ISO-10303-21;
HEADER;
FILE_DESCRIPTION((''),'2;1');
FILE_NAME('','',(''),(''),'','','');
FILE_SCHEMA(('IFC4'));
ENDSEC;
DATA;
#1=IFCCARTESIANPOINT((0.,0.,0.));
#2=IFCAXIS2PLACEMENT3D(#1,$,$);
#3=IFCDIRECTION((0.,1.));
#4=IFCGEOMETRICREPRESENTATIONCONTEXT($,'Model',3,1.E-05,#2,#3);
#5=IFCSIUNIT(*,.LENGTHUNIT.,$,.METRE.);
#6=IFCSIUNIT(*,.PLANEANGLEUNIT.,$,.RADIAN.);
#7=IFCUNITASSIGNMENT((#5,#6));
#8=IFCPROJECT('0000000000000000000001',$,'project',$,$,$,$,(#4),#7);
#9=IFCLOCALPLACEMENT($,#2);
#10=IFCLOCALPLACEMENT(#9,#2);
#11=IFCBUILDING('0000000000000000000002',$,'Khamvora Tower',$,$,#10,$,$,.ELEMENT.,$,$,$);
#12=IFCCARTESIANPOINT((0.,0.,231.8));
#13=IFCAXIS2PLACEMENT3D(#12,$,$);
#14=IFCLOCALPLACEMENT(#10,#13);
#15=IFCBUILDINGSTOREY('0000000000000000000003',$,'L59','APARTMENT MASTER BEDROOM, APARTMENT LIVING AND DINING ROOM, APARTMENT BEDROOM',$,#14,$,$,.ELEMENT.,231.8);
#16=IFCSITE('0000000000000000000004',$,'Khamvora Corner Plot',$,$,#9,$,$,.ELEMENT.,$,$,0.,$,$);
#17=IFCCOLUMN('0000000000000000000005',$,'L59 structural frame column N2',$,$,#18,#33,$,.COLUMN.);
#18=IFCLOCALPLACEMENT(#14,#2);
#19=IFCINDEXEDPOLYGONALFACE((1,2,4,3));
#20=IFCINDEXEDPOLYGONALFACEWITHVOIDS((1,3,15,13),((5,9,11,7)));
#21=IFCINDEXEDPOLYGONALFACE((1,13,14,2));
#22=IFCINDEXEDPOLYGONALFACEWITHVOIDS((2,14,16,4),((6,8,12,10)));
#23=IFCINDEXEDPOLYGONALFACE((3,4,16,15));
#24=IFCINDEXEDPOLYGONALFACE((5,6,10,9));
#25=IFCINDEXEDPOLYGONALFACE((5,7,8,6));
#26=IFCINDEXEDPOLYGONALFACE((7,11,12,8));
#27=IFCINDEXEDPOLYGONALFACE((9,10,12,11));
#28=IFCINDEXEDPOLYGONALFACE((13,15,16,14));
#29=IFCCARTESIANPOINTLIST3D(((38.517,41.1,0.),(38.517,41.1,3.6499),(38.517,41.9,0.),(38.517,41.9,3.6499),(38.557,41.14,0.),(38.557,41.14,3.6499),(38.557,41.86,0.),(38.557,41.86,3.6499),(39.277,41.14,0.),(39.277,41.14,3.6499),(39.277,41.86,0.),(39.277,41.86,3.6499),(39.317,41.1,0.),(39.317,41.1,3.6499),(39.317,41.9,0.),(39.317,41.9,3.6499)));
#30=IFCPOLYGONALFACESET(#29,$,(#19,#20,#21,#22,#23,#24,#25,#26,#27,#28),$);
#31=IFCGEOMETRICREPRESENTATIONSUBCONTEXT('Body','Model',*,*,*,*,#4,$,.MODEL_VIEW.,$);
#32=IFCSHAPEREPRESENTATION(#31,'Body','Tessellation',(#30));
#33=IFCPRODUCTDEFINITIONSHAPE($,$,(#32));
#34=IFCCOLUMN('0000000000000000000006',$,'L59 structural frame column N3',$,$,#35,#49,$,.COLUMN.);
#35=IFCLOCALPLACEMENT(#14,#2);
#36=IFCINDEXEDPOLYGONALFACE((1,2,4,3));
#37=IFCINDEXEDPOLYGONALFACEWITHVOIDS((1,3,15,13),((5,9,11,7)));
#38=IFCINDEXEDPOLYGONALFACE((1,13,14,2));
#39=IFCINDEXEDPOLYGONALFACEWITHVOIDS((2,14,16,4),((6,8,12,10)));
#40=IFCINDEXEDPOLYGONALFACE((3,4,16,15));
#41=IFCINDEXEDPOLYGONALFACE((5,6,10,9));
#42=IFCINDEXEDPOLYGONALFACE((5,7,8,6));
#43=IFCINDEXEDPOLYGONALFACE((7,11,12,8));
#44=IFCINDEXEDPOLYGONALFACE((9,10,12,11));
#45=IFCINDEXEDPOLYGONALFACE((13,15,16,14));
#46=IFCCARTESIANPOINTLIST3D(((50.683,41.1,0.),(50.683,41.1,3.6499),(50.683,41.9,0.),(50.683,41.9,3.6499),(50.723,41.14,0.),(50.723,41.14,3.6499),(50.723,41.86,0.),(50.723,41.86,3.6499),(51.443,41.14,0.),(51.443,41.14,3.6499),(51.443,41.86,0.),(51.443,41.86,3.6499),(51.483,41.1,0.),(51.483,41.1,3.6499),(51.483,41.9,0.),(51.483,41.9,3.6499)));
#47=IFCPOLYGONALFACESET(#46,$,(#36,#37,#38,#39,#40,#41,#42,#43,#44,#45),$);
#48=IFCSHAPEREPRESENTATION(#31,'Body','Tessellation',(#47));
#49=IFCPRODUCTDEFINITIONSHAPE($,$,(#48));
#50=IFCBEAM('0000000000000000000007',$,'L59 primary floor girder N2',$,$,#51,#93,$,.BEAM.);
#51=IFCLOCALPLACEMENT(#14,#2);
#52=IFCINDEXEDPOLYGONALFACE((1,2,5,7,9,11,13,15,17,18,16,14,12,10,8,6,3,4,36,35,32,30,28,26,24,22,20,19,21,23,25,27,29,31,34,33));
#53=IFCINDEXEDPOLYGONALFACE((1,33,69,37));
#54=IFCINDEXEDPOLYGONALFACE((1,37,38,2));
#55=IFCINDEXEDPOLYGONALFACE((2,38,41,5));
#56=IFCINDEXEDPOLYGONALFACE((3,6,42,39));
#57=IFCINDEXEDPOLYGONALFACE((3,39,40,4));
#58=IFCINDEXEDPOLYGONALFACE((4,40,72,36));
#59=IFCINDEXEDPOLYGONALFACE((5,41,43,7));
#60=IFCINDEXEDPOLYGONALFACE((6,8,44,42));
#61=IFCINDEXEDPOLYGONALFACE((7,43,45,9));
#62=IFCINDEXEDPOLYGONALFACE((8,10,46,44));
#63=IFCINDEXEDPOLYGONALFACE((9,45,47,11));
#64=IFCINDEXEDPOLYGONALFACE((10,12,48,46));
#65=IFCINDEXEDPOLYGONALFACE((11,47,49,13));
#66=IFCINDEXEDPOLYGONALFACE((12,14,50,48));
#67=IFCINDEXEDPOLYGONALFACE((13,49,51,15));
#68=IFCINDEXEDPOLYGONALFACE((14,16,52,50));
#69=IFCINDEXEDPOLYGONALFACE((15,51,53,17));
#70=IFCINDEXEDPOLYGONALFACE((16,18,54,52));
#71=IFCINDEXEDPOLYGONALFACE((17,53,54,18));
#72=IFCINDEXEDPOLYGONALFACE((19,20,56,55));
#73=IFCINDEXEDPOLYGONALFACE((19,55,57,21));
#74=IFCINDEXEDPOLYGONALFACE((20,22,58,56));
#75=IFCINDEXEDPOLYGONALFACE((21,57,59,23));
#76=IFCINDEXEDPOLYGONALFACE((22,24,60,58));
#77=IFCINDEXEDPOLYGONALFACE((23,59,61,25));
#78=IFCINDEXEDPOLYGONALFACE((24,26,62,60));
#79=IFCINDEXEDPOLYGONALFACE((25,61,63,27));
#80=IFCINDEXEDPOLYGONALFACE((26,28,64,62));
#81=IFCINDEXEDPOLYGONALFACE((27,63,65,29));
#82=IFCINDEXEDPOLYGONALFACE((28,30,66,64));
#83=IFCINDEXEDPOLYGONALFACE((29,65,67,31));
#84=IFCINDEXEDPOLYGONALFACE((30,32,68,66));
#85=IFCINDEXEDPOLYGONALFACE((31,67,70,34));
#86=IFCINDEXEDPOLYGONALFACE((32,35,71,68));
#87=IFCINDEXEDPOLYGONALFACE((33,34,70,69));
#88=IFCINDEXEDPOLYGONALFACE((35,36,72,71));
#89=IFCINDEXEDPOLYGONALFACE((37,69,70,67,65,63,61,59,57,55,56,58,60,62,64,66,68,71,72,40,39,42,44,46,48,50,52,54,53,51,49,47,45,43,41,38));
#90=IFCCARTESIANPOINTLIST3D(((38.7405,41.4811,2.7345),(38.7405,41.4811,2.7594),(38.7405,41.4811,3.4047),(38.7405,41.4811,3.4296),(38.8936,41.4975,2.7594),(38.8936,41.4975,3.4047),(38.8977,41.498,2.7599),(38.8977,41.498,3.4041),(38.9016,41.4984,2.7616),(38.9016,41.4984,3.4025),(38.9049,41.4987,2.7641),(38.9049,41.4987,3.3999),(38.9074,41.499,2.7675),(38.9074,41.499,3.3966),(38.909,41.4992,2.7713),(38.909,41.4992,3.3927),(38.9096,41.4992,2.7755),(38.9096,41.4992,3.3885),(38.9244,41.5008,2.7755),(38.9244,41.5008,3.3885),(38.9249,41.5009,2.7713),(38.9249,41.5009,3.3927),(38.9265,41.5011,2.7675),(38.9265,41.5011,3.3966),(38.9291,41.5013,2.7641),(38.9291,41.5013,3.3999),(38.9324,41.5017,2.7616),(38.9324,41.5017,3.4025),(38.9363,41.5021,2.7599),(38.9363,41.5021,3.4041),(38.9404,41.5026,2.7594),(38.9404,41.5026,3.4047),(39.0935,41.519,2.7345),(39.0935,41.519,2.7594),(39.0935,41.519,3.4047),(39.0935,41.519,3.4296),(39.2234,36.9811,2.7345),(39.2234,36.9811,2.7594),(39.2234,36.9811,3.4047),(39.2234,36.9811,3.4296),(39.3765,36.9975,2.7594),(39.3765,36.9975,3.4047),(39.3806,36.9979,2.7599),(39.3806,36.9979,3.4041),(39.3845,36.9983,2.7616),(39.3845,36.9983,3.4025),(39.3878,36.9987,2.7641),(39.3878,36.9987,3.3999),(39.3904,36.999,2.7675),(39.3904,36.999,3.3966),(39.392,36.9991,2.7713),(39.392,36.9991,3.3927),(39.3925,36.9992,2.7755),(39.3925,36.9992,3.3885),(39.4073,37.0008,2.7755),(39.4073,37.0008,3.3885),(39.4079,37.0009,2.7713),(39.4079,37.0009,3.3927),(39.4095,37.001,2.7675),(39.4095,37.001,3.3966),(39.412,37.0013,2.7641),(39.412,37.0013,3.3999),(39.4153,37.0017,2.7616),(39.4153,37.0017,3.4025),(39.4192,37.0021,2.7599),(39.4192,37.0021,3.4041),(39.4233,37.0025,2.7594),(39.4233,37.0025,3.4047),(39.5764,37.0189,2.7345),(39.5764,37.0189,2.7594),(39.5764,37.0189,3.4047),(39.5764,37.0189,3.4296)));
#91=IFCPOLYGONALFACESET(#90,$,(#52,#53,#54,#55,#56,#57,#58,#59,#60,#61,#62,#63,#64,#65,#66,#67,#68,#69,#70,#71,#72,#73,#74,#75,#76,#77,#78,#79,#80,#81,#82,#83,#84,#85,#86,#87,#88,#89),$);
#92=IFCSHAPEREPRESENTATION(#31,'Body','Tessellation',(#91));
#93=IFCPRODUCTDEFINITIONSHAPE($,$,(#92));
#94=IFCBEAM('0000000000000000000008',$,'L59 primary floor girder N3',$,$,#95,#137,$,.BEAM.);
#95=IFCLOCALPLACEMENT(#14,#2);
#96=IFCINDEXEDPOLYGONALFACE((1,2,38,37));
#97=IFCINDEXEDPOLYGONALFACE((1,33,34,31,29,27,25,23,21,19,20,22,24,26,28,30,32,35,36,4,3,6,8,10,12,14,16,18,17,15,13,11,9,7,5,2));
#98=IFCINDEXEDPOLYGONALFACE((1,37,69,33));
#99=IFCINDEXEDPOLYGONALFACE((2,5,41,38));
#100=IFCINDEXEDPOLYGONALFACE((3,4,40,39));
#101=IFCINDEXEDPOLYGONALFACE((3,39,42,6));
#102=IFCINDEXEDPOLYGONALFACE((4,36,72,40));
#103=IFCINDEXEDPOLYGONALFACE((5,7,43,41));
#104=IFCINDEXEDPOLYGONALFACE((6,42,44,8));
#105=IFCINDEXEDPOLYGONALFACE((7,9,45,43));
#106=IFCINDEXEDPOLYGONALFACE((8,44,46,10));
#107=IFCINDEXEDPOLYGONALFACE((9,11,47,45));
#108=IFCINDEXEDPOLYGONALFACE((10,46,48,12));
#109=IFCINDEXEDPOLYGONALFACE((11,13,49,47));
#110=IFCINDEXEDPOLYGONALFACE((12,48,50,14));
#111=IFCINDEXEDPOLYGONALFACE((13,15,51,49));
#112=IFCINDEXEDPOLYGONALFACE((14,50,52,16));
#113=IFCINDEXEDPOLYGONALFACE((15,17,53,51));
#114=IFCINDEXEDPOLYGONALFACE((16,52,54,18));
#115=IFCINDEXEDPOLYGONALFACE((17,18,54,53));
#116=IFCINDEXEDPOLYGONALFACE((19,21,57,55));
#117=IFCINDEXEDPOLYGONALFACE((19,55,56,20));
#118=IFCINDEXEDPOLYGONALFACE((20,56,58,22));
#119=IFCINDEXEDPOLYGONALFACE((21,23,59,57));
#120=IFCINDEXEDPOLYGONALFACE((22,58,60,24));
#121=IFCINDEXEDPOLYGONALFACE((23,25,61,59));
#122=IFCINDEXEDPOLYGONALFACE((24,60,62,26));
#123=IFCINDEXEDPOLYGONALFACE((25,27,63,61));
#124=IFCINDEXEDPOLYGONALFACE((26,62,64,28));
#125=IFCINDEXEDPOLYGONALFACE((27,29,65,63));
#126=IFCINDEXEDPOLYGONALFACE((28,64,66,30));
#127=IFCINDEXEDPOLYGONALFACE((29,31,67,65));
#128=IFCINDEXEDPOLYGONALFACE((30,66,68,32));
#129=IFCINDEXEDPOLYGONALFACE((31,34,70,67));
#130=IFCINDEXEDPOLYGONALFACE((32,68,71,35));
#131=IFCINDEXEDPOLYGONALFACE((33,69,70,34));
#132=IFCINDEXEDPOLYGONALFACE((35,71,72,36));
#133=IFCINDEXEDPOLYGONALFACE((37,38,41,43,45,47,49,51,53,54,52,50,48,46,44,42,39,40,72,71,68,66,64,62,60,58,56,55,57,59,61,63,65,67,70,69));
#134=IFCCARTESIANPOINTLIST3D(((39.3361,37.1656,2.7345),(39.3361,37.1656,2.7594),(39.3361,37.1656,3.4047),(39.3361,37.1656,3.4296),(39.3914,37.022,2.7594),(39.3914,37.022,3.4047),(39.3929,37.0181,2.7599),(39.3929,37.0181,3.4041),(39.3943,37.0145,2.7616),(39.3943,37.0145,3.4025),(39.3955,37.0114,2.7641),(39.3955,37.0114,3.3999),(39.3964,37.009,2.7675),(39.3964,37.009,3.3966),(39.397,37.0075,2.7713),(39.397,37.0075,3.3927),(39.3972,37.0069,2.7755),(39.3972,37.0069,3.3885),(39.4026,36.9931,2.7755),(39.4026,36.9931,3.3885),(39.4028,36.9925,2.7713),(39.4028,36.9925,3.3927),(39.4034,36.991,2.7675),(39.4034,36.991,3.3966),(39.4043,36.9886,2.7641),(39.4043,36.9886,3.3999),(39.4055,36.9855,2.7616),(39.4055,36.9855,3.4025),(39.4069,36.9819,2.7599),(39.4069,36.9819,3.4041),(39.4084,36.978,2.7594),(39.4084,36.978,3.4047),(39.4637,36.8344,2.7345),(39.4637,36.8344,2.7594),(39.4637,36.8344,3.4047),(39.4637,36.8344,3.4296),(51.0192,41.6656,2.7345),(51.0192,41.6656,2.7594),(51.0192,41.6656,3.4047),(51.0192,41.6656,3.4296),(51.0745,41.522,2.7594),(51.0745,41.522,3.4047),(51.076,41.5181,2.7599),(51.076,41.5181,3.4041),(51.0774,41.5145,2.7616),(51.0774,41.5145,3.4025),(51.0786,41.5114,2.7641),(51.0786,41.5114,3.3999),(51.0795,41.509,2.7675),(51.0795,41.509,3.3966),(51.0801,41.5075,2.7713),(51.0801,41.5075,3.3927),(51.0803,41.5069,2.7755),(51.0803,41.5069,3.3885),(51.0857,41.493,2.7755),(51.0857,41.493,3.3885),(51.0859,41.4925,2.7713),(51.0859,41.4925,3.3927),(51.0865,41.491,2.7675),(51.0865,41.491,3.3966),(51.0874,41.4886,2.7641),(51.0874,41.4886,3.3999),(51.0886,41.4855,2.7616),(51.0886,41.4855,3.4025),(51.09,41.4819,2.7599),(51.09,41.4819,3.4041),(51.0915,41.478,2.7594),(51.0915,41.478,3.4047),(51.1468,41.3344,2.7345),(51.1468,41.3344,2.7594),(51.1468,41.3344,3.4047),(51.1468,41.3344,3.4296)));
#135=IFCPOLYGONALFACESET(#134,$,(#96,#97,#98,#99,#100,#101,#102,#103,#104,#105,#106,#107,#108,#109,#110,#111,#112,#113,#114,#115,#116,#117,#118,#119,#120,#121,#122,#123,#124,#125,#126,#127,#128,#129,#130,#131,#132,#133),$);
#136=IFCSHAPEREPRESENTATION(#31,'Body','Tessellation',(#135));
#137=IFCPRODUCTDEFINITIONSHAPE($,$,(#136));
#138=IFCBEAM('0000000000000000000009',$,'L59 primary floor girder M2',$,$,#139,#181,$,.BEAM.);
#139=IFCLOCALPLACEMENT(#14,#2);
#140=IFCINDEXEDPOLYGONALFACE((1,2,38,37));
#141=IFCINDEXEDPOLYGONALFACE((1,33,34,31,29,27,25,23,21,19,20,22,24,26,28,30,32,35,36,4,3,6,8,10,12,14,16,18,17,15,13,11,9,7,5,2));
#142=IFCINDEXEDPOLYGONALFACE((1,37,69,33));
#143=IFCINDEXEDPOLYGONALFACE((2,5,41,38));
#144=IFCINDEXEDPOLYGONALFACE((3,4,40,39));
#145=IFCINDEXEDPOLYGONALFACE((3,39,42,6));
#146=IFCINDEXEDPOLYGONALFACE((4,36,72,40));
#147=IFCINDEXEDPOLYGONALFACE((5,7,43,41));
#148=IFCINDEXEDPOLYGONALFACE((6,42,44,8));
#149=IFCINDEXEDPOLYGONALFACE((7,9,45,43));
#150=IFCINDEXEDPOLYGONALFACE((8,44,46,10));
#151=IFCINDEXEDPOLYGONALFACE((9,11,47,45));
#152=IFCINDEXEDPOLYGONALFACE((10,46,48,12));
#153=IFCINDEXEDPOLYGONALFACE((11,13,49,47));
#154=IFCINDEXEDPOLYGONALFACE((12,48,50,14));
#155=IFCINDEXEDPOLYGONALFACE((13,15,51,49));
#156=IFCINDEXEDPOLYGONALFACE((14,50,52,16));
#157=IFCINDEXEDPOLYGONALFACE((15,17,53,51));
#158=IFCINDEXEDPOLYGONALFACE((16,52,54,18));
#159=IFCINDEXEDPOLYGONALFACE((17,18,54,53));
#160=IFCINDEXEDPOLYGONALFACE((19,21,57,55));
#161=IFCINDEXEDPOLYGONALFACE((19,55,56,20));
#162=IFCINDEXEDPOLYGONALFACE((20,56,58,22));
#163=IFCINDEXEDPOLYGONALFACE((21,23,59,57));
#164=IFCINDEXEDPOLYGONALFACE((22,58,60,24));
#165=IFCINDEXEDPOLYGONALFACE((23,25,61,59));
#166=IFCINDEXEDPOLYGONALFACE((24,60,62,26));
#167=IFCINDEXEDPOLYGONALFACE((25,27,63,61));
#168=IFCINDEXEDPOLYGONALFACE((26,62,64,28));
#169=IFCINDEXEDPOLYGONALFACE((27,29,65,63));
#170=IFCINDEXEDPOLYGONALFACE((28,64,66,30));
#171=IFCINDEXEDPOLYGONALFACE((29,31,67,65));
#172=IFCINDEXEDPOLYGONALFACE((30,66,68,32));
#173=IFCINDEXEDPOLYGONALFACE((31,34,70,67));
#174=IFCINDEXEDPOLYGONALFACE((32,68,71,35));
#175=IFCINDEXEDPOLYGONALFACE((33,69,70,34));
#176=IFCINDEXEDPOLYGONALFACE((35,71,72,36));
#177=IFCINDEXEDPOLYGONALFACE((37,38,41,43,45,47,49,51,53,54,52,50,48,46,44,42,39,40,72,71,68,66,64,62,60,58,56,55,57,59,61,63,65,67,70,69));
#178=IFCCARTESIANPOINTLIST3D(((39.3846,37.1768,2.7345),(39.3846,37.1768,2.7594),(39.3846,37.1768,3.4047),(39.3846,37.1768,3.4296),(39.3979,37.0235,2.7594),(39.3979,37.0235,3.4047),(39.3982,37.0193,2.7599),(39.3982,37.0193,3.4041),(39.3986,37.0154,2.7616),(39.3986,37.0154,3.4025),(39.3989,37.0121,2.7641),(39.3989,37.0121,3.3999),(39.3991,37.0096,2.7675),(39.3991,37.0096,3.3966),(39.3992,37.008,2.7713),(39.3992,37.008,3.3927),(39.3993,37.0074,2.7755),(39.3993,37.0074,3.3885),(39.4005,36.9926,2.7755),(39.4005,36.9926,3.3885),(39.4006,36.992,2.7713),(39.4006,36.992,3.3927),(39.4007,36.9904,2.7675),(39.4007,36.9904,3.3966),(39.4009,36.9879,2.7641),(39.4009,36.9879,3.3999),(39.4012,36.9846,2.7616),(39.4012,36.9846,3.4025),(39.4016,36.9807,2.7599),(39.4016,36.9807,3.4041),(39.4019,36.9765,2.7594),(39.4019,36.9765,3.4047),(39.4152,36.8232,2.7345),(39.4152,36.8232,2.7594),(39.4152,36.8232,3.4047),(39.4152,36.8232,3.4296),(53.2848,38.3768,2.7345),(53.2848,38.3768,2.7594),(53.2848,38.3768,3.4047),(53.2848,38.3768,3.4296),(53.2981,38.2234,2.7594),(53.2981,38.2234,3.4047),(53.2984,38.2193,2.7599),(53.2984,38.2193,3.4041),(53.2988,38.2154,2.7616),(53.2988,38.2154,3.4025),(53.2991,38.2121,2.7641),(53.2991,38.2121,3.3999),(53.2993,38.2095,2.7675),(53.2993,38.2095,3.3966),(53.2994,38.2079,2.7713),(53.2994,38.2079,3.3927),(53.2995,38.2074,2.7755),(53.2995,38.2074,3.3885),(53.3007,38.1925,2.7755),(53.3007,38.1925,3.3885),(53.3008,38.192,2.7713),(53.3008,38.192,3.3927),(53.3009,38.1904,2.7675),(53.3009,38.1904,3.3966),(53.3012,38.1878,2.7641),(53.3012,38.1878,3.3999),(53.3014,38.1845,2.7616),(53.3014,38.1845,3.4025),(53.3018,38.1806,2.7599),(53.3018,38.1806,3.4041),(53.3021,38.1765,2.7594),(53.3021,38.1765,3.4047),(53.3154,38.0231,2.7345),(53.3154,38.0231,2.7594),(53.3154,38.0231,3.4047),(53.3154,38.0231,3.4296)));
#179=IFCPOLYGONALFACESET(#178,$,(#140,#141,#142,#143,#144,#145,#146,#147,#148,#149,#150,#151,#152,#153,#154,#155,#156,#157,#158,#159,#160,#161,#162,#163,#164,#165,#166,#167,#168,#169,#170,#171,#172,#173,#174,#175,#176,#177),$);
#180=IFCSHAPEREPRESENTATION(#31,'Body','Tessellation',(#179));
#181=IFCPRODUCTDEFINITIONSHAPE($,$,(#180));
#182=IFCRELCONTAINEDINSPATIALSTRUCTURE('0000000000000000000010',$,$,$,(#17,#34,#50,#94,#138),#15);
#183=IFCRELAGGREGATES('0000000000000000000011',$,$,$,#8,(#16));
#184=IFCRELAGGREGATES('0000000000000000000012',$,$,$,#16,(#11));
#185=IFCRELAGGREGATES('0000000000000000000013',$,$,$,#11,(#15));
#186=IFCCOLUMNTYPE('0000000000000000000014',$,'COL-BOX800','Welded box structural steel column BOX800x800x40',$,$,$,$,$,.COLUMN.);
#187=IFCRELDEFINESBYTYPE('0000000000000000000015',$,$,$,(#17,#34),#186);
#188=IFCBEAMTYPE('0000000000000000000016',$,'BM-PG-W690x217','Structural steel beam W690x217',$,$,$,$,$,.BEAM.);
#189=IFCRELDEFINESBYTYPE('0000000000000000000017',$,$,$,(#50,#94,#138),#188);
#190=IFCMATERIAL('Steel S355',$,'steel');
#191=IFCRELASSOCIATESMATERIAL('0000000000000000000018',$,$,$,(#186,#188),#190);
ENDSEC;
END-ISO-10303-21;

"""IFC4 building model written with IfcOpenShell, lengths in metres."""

from ifc_helpers import new_model, si_unit, direction, frame, origin, origin_2d, place, context, subcontext, project, spatial, hollow_rectangle, i_section, extrude, material, material_profile, profile_set, type_object, element, save


model = new_model("IFC4")

# Units and contexts
model_context = context("Model", 3, precision=1e-05, world=origin(), true_north=direction((0.0, 1.0)))
body_context = subcontext(model_context, "Body", "Model", "MODEL_VIEW")
ifc_project = project(units=[si_unit("LENGTHUNIT", "METRE"), si_unit("PLANEANGLEUNIT", "RADIAN")], contexts=[model_context])

# Site, building, storey
site_placement = place(None, origin())
site = spatial("IfcSite", under=ifc_project, at=site_placement, Name="Khamvora Corner Plot", CompositionType="ELEMENT", RefElevation=0.0)
building_placement = place(site_placement, origin())
building = spatial("IfcBuilding", under=site, at=building_placement, Name="Khamvora Tower", CompositionType="ELEMENT")
storey_placement = place(building_placement, frame((0.0, 0.0, 231.8)))
storey = spatial("IfcBuildingStorey", under=building, at=storey_placement, Name="L59", Description="APARTMENT MASTER BEDROOM, APARTMENT LIVING AND DINING ROOM, APARTMENT BEDROOM", CompositionType="ELEMENT", Elevation=231.8)

# Columns
ifc_material_1 = material(Name="Steel S355", Category="steel")
ifc_material_profile_1 = material_profile(ifc_material_1, hollow_rectangle(XDim=0.8, YDim=0.8, WallThickness=0.04, at=origin_2d()), Name="BOX800x800x40")
ifc_profile_set_1 = profile_set([ifc_material_profile_1], Name="Steel S355")
column_type = type_object("IfcColumnType", Name="COL-BOX800", Description="Welded box structural steel column BOX800x800x40", PredefinedType="COLUMN", material=ifc_profile_set_1)
for number, where, z_axis, x_axis, name in (
    (1, (38.917, 41.5, 0.0), (0.0, 0.0, 1.0), (1.0, 0.0, 0.0), "L59 structural frame column N2"),
    (2, (51.083, 41.5, 0.0), (0.0, 0.0, 1.0), (1.0, 0.0, 0.0), "L59 structural frame column N3"),
):
    element("IfcColumn", number, at=place(storey_placement, frame(where, z_axis=z_axis, x_axis=x_axis)), inside=storey, type_object=column_type, Name=name, PredefinedType="COLUMN", context=body_context, shape_type="SweptSolid", body=[
        extrude(hollow_rectangle(XDim=0.8, YDim=0.8, WallThickness=0.04, at=origin_2d()), origin(), (0.0, 0.0, 1.0), 3.6499),
    ])

# Beams
ifc_material_profile_2 = material_profile(ifc_material_1, i_section(OverallWidth=0.355, OverallDepth=0.6951, WebThickness=0.0149, FlangeThickness=0.0249, FilletRadius=0.0161, at=origin_2d()), Name="W690x217")
ifc_profile_set_2 = profile_set([ifc_material_profile_2], Name="Steel S355")
beam_type_1 = type_object("IfcBeamType", Name="BM-PG-W690x217", Description="Structural steel beam W690x217", PredefinedType="BEAM", material=ifc_profile_set_2)
beam_1_placement = place(storey_placement, frame((39.3999, 37.0, 3.082), z_axis=(-0.106701, 0.994291, 0.0), x_axis=(-0.994291, -0.106701, 0.0)))
element("IfcBeam", 3, at=beam_1_placement, inside=storey, type_object=beam_type_1, Name="L59 primary floor girder N2", PredefinedType="BEAM", context=body_context, shape_type="SweptSolid", body=[
    extrude(i_section(OverallWidth=0.355, OverallDepth=0.6951, WebThickness=0.0149, FlangeThickness=0.0249, FilletRadius=0.0161, at=origin_2d()), origin(), (0.0, 0.0, 1.0), 4.5259),
])
beam_2_placement = place(storey_placement, frame((39.3999, 37.0, 3.082), z_axis=(0.933172, 0.359431, 0.0), x_axis=(-0.359431, 0.933172, 0.0)))
element("IfcBeam", 4, at=beam_2_placement, inside=storey, type_object=beam_type_1, Name="L59 primary floor girder N3", PredefinedType="BEAM", context=body_context, shape_type="SweptSolid", body=[
    extrude(i_section(OverallWidth=0.355, OverallDepth=0.6951, WebThickness=0.0149, FlangeThickness=0.0249, FilletRadius=0.0161, at=origin_2d()), origin(), (0.0, 0.0, 1.0), 12.5198),
])
beam_3_placement = place(storey_placement, frame((39.3999, 37.0, 3.082), z_axis=(0.996295, 0.086007, 0.0), x_axis=(-0.086007, 0.996295, 0.0)))
element("IfcBeam", 5, at=beam_3_placement, inside=storey, type_object=beam_type_1, Name="L59 primary floor girder M2", PredefinedType="BEAM", context=body_context, shape_type="SweptSolid", body=[
    extrude(i_section(OverallWidth=0.355, OverallDepth=0.6951, WebThickness=0.0149, FlangeThickness=0.0249, FilletRadius=0.0161, at=origin_2d()), origin(), (0.0, 0.0, 1.0), 13.9519),
])

save(model, "model.ifc")
